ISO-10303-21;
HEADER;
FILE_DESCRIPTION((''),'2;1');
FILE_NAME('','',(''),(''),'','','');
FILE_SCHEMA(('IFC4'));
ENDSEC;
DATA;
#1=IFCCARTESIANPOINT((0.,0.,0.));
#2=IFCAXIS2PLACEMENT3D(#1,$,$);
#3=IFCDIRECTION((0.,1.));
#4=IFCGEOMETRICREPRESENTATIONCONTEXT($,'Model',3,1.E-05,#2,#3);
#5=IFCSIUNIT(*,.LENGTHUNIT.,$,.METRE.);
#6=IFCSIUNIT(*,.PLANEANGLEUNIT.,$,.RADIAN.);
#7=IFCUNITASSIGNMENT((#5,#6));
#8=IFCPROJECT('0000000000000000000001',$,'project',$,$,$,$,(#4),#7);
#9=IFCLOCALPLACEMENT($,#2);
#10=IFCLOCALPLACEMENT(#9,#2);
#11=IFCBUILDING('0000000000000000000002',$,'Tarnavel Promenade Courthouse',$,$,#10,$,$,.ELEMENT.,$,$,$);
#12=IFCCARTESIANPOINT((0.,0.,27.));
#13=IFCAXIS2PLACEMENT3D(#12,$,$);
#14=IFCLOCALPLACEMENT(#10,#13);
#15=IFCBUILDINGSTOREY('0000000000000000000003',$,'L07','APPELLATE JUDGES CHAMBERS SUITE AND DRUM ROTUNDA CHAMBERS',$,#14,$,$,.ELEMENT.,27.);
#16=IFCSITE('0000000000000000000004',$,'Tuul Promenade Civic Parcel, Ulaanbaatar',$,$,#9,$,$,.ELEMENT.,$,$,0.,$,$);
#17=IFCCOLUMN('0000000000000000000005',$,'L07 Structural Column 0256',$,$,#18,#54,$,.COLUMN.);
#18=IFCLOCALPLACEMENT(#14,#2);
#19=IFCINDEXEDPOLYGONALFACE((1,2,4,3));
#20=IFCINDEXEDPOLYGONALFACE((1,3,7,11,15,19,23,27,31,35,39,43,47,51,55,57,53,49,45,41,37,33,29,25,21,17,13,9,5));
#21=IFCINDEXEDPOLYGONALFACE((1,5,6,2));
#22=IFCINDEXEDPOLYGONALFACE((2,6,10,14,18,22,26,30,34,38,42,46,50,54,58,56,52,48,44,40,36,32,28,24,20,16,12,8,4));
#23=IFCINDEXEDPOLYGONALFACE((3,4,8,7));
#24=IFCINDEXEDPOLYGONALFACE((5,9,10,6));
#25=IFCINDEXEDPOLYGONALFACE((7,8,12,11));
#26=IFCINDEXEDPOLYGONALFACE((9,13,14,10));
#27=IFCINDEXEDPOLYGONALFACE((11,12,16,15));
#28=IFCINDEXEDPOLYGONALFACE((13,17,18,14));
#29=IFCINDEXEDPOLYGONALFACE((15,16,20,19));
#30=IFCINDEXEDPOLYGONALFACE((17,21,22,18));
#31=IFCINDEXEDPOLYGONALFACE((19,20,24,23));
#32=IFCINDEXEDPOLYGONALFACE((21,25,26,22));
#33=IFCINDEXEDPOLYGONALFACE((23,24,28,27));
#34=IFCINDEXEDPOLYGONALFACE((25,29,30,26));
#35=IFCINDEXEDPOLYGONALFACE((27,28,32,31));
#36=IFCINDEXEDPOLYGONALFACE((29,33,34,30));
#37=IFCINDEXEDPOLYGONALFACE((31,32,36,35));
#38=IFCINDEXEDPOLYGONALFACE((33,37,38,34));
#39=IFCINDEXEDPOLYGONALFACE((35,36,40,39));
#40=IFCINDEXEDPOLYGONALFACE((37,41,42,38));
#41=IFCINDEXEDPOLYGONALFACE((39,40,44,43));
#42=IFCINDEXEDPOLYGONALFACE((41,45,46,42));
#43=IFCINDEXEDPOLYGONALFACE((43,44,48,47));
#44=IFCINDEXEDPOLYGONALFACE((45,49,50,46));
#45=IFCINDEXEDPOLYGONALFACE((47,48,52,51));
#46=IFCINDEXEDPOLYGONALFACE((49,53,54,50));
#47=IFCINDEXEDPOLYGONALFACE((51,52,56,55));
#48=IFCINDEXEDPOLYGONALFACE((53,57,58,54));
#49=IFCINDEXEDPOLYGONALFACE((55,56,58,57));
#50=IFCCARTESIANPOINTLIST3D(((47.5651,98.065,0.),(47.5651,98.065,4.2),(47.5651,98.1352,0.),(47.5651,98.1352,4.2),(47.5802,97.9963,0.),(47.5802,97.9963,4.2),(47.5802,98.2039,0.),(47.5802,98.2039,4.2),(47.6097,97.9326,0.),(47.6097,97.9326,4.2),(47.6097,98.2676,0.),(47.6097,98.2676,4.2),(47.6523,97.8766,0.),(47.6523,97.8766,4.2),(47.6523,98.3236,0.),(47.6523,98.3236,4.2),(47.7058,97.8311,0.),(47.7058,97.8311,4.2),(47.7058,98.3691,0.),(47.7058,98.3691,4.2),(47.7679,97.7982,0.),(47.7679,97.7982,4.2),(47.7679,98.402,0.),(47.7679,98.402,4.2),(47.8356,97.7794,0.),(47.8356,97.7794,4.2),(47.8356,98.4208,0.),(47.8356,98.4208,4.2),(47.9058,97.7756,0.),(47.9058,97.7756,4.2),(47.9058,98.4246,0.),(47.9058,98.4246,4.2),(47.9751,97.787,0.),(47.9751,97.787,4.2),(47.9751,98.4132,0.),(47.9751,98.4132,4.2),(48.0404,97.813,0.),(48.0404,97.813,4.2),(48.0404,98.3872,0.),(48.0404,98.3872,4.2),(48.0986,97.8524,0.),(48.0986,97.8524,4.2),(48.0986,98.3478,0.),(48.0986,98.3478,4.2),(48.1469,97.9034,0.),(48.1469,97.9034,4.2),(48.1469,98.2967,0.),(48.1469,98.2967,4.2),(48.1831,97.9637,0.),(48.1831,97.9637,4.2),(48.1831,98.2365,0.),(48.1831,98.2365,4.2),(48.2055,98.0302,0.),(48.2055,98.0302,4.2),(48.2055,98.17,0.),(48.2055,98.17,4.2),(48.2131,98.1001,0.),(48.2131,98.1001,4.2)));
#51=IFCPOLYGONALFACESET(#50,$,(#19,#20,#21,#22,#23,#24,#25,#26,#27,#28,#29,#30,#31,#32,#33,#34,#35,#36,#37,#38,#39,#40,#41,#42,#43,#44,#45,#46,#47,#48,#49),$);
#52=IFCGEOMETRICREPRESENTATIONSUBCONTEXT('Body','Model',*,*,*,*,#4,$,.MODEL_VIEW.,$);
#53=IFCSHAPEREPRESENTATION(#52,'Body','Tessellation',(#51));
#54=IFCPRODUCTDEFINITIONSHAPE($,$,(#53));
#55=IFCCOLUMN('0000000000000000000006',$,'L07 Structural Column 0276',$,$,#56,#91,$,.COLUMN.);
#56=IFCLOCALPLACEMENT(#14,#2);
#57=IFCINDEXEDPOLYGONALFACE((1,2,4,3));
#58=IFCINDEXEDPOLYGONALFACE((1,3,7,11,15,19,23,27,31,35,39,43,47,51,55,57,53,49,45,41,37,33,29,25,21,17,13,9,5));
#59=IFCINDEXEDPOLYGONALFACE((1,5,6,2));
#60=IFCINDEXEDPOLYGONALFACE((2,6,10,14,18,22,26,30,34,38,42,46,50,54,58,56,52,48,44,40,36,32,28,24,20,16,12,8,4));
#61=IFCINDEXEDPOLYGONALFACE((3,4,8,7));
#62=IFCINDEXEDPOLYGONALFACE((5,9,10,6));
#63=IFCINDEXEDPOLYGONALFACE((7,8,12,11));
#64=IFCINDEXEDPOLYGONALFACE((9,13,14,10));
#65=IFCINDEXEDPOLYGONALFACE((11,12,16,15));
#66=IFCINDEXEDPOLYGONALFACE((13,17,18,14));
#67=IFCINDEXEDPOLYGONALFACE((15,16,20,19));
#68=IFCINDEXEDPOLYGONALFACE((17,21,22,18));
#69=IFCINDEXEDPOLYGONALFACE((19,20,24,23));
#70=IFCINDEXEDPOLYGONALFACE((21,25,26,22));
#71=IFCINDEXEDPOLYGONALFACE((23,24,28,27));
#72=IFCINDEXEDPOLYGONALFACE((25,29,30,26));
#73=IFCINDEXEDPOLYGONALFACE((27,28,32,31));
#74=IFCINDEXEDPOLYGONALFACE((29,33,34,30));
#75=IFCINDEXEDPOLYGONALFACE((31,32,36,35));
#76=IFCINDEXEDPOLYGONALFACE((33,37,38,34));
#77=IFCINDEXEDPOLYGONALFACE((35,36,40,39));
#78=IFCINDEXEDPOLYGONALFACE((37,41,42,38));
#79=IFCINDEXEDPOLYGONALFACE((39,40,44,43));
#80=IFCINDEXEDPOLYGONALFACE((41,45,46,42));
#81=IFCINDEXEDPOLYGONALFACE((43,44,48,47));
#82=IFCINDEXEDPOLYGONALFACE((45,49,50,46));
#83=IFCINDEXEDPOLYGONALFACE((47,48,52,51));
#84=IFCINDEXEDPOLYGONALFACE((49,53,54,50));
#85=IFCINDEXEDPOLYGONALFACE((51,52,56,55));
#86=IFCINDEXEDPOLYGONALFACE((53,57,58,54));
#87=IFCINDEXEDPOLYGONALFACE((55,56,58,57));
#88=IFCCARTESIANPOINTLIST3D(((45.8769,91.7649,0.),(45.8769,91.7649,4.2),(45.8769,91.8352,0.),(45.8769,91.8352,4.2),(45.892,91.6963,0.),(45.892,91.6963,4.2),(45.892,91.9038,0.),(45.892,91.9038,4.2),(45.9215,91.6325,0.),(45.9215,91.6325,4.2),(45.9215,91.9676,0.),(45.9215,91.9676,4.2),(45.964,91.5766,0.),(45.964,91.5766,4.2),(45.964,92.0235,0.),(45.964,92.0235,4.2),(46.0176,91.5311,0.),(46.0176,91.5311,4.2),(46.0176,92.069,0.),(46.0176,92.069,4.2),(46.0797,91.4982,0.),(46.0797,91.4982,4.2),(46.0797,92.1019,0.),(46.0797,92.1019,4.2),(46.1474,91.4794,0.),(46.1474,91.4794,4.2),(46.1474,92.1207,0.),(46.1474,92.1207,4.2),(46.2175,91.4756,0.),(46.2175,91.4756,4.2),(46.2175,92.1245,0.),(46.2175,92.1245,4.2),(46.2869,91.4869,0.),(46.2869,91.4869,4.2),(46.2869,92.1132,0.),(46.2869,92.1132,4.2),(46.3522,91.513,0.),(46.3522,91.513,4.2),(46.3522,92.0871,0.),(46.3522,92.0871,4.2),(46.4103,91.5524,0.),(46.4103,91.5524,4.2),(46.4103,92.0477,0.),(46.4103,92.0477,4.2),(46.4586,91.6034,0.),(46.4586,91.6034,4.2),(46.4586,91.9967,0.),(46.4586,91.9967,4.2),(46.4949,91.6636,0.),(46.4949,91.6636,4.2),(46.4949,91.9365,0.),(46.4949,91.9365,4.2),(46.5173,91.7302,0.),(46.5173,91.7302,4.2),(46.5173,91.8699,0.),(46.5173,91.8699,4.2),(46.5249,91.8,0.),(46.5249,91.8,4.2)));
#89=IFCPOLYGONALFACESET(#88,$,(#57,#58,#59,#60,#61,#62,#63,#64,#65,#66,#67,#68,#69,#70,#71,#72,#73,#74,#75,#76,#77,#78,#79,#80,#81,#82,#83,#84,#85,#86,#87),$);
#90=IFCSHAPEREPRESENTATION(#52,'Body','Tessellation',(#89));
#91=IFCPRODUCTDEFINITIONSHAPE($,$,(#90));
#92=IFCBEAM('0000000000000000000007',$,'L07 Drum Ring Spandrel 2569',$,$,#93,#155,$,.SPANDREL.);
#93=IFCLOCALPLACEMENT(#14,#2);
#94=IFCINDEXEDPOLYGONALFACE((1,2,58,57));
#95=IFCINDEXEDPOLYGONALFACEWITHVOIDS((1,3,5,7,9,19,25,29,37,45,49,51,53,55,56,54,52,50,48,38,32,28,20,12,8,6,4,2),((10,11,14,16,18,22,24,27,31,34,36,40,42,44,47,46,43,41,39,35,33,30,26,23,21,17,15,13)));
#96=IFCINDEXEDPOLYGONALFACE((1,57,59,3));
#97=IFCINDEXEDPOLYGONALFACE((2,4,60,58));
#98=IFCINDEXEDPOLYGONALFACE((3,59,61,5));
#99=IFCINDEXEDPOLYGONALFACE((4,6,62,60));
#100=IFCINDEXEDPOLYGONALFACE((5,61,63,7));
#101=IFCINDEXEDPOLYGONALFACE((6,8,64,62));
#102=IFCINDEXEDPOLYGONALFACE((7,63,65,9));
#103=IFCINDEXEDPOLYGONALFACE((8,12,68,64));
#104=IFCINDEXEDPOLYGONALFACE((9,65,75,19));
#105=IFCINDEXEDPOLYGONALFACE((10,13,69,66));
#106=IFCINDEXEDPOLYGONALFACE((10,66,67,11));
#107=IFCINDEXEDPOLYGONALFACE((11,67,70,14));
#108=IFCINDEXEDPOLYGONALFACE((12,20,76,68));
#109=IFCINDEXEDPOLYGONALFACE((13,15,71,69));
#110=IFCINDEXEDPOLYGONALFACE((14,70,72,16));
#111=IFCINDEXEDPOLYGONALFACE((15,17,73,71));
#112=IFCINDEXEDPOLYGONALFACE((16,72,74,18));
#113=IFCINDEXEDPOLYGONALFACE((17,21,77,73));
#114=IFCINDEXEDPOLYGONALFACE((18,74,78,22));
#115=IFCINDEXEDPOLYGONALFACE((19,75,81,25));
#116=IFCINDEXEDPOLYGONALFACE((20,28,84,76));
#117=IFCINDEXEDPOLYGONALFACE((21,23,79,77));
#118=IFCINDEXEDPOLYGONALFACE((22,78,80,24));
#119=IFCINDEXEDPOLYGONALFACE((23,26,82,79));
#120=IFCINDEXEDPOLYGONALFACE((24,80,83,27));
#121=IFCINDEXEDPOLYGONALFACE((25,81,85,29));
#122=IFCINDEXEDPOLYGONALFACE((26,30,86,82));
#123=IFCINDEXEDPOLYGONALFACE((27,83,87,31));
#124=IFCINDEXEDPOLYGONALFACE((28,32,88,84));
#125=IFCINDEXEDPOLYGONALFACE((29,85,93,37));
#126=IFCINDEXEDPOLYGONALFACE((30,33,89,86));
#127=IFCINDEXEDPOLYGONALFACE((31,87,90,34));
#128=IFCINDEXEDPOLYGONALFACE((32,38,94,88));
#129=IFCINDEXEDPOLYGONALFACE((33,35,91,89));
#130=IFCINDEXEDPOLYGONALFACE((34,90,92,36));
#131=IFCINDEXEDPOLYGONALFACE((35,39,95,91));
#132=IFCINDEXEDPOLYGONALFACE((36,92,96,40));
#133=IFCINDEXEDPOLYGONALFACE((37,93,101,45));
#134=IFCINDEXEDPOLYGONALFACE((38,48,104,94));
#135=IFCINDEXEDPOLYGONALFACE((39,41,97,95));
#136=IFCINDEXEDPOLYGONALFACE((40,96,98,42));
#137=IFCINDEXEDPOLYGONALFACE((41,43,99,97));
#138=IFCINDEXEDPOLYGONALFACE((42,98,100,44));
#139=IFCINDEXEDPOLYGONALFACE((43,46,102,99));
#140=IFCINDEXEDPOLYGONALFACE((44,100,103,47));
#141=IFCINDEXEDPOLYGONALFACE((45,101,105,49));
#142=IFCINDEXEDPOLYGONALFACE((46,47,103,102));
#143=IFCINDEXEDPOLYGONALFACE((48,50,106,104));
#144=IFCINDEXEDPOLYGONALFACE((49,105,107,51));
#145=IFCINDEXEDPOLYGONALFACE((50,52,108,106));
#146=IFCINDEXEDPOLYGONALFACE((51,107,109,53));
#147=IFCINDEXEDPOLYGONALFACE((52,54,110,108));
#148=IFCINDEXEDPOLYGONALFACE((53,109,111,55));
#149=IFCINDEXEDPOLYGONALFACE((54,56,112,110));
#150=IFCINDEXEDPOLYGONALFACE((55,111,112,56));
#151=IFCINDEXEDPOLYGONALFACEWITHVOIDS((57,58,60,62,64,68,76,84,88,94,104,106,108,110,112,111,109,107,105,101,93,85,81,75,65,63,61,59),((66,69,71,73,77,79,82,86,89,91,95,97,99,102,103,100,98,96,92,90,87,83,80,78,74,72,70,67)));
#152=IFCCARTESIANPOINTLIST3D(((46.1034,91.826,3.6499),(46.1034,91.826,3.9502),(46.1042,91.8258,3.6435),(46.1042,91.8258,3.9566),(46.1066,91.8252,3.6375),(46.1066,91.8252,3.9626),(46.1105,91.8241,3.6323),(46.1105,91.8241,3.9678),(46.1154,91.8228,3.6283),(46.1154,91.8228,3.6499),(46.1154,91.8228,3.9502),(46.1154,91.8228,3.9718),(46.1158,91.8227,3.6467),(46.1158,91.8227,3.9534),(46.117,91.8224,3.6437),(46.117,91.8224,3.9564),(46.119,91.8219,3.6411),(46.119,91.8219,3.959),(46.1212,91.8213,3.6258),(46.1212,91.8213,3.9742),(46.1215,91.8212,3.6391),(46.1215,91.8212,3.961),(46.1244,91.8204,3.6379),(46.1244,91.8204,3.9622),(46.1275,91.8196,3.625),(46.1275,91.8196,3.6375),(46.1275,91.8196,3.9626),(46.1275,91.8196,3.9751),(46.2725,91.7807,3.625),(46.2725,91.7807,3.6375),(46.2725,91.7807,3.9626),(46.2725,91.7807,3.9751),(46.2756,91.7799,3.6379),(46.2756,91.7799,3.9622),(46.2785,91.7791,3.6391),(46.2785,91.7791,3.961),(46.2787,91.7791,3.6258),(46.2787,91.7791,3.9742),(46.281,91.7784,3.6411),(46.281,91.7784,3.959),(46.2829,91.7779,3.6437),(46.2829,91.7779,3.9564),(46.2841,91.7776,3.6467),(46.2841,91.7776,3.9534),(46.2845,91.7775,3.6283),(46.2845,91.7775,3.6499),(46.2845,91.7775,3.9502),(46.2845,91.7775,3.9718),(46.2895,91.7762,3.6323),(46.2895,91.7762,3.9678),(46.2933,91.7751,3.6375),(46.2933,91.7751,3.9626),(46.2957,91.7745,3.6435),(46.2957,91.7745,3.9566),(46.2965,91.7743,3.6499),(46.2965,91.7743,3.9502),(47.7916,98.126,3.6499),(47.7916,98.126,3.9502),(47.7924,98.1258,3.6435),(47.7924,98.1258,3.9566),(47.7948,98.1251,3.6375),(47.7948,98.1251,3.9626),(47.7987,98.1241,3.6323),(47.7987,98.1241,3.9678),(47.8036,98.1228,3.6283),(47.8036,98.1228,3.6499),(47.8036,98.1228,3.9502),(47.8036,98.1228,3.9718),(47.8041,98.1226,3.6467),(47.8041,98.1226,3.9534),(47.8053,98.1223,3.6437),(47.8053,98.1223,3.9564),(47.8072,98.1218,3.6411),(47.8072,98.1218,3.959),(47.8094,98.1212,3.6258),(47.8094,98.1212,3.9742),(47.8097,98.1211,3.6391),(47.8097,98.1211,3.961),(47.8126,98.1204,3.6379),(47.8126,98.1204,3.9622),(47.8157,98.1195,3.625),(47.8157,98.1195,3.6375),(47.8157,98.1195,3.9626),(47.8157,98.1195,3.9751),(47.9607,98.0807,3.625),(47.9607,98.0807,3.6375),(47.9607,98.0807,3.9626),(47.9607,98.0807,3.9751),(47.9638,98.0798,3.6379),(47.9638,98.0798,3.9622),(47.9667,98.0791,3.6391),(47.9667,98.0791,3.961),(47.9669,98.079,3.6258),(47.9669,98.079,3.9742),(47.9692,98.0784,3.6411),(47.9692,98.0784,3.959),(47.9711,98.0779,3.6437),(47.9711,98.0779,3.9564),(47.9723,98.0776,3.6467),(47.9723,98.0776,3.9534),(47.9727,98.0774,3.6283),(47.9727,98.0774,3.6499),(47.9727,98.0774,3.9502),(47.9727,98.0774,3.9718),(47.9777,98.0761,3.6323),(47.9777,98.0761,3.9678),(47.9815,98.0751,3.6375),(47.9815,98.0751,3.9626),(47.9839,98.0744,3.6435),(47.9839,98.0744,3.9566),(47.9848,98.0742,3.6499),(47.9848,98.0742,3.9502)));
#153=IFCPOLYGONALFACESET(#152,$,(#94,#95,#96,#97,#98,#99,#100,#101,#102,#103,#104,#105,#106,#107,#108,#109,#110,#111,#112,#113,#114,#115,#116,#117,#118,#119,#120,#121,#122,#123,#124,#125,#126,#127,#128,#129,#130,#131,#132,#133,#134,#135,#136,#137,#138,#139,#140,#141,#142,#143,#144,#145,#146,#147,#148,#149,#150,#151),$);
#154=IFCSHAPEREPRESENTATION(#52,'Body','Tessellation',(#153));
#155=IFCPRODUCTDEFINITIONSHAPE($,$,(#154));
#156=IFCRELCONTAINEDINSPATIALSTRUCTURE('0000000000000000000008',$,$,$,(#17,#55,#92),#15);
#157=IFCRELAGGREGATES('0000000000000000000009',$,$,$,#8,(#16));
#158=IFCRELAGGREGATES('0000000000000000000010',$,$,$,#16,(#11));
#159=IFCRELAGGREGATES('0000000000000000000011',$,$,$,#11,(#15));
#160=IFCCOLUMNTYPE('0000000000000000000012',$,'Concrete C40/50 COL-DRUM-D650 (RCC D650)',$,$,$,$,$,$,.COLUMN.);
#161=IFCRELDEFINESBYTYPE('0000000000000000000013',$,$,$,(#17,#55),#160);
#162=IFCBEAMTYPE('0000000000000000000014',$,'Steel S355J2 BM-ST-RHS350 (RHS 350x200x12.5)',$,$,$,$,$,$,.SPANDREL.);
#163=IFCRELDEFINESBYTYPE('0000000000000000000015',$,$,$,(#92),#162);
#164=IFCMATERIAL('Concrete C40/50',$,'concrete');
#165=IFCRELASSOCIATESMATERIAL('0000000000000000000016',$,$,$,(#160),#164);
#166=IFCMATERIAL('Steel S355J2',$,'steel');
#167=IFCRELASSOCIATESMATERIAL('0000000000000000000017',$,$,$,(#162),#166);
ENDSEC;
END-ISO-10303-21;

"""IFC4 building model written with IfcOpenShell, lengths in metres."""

from ifc_helpers import new_model, si_unit, direction, frame, origin, origin_2d, place, context, subcontext, project, spatial, hollow_rectangle, circle, extrude, material, material_profile, profile_set, type_object, element, save


model = new_model("IFC4")

# Units and contexts
model_context = context("Model", 3, precision=1e-05, world=origin(), true_north=direction((0.0, 1.0)))
body_context = subcontext(model_context, "Body", "Model", "MODEL_VIEW")
ifc_project = project(units=[si_unit("LENGTHUNIT", "METRE"), si_unit("PLANEANGLEUNIT", "RADIAN")], contexts=[model_context])

# Site, building, storey
site_placement = place(None, origin())
site = spatial("IfcSite", under=ifc_project, at=site_placement, Name="Tuul Promenade Civic Parcel, Ulaanbaatar", CompositionType="ELEMENT", RefElevation=0.0)
building_placement = place(site_placement, origin())
building = spatial("IfcBuilding", under=site, at=building_placement, Name="Tarnavel Promenade Courthouse", CompositionType="ELEMENT")
storey_placement = place(building_placement, frame((0.0, 0.0, 27.0)))
storey = spatial("IfcBuildingStorey", under=building, at=storey_placement, Name="L07", Description="APPELLATE JUDGES CHAMBERS SUITE AND DRUM ROTUNDA CHAMBERS", CompositionType="ELEMENT", Elevation=27.0)

# Columns
ifc_material_1 = material(Name="Concrete C40/50", Category="concrete")
ifc_material_profile_1 = material_profile(ifc_material_1, circle(Radius=0.325, at=origin_2d()), Name="RCC D650")
ifc_profile_set_1 = profile_set([ifc_material_profile_1], Name="Concrete C40/50")
column_type = type_object("IfcColumnType", Name="Concrete C40/50 COL-DRUM-D650 (RCC D650)", PredefinedType="COLUMN", material=ifc_profile_set_1)
for number, where, z_axis, x_axis, name in (
    (1, (47.8882, 98.1001, 0.0), (0.0, 0.0, 1.0), (1.0, 0.0, 0.0), "L07 Structural Column 0256"),
    (2, (46.2, 91.8, 0.0), (0.0, 0.0, 1.0), (1.0, 0.0, 0.0), "L07 Structural Column 0276"),
):
    element("IfcColumn", number, at=place(storey_placement, frame(where, z_axis=z_axis, x_axis=x_axis)), inside=storey, type_object=column_type, Name=name, PredefinedType="COLUMN", context=body_context, shape_type="SweptSolid", body=[
        extrude(circle(Radius=0.325, at=origin_2d()), origin(), (0.0, 0.0, 1.0), 4.2),
    ])

# Beam
ifc_material_2 = material(Name="Steel S355J2", Category="steel")
ifc_material_profile_2 = material_profile(ifc_material_2, hollow_rectangle(XDim=0.2, YDim=0.3501, WallThickness=0.0125, InnerFilletRadius=0.0125, OuterFilletRadius=0.0249, at=origin_2d()), Name="RHS 350x200x12.5")
ifc_profile_set_2 = profile_set([ifc_material_profile_2], Name="Steel S355J2")
beam_type = type_object("IfcBeamType", Name="Steel S355J2 BM-ST-RHS350 (RHS 350x200x12.5)", PredefinedType="SPANDREL", material=ifc_profile_set_2)
for number, where, z_axis, x_axis, name in (
    (3, (47.8882, 98.1001, 3.8), (-0.258839, -0.96592, 0.0), (0.96592, -0.258839, 0.0), "L07 Drum Ring Spandrel 2569"),
):
    element("IfcBeam", number, at=place(storey_placement, frame(where, z_axis=z_axis, x_axis=x_axis)), inside=storey, type_object=beam_type, Name=name, PredefinedType="SPANDREL", context=body_context, shape_type="SweptSolid", body=[
        extrude(hollow_rectangle(XDim=0.2, YDim=0.3501, WallThickness=0.0125, InnerFilletRadius=0.0125, OuterFilletRadius=0.0249, at=origin_2d()), origin(), (0.0, 0.0, 1.0), 6.5222),
    ])

save(model, "model.ifc")
